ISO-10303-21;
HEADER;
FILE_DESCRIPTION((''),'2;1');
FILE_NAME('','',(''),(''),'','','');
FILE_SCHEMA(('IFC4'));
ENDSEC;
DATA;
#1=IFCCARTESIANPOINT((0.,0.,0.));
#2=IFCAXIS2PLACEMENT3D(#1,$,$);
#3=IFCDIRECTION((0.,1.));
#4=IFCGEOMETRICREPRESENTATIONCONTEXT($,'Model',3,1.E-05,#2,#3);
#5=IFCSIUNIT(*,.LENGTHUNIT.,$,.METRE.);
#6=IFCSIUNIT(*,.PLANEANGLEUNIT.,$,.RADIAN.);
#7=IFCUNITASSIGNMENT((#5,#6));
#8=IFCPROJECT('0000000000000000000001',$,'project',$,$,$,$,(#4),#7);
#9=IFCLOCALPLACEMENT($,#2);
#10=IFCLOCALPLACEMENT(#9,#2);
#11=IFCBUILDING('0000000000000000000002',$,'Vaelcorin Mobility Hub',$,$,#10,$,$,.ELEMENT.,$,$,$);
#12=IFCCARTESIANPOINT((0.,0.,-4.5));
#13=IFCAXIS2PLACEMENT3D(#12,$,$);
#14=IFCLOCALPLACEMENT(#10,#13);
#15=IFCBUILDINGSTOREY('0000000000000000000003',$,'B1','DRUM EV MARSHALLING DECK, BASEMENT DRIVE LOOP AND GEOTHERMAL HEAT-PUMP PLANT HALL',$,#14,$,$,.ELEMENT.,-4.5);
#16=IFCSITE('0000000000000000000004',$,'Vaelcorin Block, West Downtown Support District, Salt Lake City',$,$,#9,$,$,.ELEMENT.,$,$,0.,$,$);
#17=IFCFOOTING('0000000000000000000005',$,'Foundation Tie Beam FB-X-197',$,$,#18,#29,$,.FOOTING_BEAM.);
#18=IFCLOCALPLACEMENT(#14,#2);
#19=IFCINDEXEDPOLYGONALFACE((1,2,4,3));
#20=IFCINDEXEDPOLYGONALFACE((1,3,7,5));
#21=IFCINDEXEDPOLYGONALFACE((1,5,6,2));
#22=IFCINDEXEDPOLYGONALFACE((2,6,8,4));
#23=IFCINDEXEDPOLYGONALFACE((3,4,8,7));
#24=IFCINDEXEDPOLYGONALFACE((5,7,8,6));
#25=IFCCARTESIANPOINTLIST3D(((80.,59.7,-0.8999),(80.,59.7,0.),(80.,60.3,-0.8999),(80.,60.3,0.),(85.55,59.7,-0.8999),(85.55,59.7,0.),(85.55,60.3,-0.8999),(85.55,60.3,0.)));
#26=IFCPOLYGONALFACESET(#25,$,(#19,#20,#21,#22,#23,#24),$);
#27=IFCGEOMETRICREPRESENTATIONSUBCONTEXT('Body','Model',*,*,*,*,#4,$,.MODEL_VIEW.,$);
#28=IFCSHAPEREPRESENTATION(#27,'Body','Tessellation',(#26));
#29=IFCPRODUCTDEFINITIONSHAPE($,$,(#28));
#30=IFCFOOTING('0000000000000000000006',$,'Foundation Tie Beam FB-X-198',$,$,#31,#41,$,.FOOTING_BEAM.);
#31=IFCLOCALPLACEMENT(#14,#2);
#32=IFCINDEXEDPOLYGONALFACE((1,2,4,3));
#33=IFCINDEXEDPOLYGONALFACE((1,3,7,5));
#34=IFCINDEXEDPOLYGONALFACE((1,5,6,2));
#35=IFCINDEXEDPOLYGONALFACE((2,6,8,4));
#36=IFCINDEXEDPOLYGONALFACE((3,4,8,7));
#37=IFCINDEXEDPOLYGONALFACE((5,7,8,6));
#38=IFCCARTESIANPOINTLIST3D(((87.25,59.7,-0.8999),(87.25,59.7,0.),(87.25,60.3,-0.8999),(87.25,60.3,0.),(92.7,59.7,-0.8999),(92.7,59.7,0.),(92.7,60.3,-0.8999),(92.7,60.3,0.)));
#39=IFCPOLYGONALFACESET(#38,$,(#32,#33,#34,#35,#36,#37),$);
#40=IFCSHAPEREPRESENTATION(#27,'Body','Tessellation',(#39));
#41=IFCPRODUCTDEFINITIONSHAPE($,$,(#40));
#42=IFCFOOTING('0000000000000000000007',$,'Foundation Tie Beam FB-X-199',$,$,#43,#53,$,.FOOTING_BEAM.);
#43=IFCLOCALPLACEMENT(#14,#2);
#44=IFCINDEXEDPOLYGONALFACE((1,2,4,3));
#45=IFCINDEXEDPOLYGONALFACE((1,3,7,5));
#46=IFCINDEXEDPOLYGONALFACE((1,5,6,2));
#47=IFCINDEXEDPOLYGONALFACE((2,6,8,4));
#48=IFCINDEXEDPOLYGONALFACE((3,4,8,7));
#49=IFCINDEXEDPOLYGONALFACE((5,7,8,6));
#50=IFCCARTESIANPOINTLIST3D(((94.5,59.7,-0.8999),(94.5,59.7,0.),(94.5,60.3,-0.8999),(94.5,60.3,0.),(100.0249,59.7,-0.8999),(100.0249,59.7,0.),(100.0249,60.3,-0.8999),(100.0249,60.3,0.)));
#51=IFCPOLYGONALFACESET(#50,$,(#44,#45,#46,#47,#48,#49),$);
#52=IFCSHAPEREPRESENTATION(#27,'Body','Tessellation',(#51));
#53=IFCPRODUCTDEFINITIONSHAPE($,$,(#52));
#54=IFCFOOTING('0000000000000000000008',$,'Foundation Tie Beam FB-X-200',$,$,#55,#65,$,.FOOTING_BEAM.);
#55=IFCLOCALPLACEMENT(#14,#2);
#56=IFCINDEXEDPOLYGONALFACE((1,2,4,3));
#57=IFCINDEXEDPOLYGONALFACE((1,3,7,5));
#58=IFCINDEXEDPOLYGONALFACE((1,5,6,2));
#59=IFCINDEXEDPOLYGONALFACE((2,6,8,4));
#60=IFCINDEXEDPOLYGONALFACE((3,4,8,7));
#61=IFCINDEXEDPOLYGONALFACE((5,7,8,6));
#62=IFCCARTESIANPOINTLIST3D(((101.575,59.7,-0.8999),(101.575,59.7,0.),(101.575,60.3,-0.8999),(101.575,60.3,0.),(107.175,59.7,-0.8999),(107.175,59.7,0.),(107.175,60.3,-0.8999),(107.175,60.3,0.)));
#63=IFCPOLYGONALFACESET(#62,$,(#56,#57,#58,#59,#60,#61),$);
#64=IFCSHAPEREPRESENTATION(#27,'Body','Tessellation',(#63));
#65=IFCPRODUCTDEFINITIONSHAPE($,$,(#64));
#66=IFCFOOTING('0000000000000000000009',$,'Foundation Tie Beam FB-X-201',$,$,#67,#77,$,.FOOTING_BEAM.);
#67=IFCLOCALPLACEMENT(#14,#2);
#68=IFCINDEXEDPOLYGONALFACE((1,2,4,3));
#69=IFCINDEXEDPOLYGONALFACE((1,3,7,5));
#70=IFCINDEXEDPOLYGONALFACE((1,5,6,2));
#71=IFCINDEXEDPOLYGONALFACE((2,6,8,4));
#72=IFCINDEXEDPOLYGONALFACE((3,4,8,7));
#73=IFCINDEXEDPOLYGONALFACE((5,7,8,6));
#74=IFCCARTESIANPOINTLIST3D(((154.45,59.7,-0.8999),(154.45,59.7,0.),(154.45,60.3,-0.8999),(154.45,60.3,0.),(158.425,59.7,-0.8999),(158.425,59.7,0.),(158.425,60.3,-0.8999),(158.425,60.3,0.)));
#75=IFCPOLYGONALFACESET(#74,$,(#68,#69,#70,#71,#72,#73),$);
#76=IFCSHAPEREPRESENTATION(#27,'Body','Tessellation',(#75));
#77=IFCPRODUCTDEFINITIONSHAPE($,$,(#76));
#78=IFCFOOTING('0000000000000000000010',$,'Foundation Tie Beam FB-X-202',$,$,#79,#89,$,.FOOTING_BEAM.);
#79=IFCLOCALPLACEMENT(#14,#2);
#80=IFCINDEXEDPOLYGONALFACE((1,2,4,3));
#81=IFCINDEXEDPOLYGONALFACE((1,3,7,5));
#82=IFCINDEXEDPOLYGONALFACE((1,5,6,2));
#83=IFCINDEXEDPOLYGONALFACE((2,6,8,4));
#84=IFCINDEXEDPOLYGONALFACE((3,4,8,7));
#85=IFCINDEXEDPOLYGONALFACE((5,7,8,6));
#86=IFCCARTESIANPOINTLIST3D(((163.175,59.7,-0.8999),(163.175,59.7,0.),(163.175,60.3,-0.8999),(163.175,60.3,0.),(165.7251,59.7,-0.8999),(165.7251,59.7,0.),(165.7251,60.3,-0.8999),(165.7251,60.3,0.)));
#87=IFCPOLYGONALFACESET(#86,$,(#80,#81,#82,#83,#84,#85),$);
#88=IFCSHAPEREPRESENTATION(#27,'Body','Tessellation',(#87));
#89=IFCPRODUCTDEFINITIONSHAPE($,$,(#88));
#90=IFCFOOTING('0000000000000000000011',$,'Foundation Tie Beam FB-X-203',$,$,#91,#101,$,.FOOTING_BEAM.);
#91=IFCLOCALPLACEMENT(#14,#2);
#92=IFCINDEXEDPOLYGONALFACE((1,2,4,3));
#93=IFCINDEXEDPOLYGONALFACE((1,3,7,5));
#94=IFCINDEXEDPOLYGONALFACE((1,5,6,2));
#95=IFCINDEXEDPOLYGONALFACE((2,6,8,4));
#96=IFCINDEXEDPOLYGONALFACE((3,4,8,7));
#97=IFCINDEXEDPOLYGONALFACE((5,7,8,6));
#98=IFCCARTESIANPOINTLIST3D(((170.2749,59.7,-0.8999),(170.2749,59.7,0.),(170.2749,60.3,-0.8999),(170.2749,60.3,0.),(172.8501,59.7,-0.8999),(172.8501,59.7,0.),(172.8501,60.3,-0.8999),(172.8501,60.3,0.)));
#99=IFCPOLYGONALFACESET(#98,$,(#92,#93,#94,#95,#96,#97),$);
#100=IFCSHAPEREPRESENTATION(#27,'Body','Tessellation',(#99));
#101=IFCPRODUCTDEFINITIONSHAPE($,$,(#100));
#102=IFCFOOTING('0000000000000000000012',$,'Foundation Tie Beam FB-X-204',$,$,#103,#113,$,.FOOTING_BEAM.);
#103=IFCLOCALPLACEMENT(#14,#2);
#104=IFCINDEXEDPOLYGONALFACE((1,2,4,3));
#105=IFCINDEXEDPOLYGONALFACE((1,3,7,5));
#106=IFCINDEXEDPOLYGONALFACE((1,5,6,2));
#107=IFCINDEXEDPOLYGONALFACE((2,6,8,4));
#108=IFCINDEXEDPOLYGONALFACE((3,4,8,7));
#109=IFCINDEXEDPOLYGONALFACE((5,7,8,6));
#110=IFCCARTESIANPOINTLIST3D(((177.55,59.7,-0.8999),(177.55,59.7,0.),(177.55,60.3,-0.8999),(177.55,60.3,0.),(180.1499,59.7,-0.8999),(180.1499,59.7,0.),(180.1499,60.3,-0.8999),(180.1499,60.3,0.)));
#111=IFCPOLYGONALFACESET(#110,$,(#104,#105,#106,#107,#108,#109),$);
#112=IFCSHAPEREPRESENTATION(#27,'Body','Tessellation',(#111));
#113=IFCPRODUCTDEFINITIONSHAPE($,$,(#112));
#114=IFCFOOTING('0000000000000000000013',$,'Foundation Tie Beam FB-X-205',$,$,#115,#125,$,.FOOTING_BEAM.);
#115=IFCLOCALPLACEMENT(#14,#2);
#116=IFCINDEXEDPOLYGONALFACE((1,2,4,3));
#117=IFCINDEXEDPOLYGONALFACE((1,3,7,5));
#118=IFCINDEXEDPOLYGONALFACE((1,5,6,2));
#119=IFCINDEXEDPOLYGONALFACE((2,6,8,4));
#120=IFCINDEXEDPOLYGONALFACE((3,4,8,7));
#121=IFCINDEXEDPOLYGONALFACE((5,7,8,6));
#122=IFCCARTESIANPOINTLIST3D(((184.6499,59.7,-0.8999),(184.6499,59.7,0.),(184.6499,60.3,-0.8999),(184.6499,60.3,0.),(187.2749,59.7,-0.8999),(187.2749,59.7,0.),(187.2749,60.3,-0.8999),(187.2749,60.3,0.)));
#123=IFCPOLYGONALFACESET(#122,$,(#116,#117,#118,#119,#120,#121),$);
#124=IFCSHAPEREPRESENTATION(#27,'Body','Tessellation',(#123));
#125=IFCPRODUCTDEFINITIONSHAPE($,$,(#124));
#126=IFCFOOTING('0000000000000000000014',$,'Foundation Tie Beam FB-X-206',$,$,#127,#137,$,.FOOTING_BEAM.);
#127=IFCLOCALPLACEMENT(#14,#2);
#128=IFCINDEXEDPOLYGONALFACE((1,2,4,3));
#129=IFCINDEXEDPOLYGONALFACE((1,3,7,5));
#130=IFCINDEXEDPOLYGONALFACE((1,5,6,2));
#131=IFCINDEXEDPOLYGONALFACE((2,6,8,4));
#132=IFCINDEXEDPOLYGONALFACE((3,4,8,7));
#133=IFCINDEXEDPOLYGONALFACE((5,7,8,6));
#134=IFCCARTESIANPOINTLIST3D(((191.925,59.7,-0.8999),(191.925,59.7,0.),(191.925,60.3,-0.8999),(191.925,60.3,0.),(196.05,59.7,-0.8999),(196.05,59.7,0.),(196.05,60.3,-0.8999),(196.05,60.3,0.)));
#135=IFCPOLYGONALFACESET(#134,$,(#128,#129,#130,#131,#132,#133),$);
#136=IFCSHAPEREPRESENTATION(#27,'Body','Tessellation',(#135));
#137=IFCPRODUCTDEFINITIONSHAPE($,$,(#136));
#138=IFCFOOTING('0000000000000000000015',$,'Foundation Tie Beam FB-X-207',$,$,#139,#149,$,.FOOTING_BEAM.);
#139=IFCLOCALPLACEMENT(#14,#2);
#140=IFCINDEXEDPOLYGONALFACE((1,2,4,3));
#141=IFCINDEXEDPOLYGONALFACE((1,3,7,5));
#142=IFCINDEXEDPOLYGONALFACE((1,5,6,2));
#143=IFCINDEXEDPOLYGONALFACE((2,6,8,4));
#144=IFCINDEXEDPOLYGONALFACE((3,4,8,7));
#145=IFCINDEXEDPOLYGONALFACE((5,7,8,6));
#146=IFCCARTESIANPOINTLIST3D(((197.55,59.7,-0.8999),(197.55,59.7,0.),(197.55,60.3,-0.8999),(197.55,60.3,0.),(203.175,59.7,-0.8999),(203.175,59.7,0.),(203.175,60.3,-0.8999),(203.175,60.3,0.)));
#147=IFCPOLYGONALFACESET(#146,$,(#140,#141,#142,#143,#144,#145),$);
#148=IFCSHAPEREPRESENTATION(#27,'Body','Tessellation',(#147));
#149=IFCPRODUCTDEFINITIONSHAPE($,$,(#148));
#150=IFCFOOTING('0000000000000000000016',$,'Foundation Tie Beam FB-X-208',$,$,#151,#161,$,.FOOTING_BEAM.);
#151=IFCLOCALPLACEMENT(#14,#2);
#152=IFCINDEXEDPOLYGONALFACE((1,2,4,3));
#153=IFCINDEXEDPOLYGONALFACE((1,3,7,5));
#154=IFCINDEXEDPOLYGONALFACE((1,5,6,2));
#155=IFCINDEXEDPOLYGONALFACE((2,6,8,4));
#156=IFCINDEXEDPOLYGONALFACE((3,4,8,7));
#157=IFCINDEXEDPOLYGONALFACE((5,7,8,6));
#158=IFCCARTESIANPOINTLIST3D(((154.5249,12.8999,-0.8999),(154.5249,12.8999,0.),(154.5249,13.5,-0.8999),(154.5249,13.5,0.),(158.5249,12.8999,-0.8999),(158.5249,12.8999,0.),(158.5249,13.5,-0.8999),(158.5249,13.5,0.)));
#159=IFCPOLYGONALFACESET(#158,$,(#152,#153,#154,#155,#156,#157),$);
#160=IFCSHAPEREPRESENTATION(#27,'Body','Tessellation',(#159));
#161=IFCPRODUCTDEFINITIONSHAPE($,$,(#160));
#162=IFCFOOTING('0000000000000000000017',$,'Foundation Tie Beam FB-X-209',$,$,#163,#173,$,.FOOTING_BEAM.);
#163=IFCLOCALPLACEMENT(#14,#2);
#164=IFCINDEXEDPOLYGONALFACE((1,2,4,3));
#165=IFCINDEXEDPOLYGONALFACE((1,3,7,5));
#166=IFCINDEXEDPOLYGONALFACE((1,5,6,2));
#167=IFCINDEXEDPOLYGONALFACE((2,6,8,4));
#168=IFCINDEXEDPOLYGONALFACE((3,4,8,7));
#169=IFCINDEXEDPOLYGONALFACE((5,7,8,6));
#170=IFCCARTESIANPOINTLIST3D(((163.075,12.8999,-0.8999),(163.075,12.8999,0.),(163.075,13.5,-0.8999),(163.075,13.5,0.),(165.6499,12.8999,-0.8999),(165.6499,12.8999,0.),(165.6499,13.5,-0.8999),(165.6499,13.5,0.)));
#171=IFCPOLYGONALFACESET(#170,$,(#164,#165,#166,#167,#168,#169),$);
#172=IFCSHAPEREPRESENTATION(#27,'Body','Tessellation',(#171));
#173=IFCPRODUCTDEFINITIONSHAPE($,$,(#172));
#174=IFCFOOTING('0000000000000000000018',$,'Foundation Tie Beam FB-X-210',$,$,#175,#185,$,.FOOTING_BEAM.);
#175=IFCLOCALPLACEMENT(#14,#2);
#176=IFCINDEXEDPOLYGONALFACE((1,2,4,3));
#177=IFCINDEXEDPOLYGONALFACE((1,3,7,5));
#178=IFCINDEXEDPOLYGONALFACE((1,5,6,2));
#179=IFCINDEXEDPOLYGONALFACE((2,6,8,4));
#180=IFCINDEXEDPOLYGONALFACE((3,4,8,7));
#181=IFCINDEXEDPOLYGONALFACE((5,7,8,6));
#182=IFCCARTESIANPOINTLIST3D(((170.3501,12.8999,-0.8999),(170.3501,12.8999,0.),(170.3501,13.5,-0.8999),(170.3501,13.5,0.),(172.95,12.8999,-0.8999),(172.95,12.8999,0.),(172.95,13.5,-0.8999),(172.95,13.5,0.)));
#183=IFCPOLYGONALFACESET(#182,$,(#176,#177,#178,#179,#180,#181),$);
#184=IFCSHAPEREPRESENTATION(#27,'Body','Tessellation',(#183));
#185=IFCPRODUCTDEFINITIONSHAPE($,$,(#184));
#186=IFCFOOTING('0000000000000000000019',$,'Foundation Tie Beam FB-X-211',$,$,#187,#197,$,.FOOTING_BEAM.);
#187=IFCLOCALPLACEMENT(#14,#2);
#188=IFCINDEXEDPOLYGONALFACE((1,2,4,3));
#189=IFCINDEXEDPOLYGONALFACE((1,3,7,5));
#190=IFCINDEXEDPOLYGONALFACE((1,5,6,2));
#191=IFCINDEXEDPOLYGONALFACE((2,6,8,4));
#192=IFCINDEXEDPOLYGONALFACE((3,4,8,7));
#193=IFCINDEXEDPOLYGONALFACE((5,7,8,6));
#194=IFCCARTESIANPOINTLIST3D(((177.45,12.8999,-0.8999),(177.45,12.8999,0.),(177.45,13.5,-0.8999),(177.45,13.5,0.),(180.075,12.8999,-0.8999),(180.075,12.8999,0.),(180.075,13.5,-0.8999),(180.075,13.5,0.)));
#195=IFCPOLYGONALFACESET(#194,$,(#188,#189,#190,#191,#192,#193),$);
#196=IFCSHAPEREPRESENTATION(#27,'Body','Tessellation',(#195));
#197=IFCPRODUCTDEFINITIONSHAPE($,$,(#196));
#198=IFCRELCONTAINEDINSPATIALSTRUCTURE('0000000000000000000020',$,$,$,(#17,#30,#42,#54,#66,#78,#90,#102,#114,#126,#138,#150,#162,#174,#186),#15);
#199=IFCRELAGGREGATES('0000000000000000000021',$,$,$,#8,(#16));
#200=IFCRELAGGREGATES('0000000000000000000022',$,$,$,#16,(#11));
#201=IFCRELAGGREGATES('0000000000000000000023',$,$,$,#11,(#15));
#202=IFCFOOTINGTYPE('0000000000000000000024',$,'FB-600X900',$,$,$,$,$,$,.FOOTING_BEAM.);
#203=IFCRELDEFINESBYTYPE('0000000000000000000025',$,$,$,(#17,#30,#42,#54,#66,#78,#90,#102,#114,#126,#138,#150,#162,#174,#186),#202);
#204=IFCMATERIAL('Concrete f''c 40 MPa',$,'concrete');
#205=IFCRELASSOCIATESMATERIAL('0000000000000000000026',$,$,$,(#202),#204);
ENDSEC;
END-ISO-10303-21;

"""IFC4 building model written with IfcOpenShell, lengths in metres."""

from ifc_helpers import new_model, si_unit, direction, frame, origin, place, context, subcontext, project, spatial, polyline, outline, extrude, material, type_object, element, save


model = new_model("IFC4")

# Units and contexts
model_context = context("Model", 3, precision=1e-05, world=origin(), true_north=direction((0.0, 1.0)))
body_context = subcontext(model_context, "Body", "Model", "MODEL_VIEW")
ifc_project = project(units=[si_unit("LENGTHUNIT", "METRE"), si_unit("PLANEANGLEUNIT", "RADIAN")], contexts=[model_context])

# Site, building, storey
site_placement = place(None, origin())
site = spatial("IfcSite", under=ifc_project, at=site_placement, Name="Vaelcorin Block, West Downtown Support District, Salt Lake City", CompositionType="ELEMENT", RefElevation=0.0)
building_placement = place(site_placement, origin())
building = spatial("IfcBuilding", under=site, at=building_placement, Name="Vaelcorin Mobility Hub", CompositionType="ELEMENT")
storey_placement = place(building_placement, frame((0.0, 0.0, -4.5)))
storey = spatial("IfcBuildingStorey", under=building, at=storey_placement, Name="B1", Description="DRUM EV MARSHALLING DECK, BASEMENT DRIVE LOOP AND GEOTHERMAL HEAT-PUMP PLANT HALL", CompositionType="ELEMENT", Elevation=-4.5)

# Footings
ifc_material = material(Name="Concrete f'c 40 MPa", Category="concrete")
footing_type = type_object("IfcFootingType", Name="FB-600X900", PredefinedType="FOOTING_BEAM", material=ifc_material)
footing_1_placement = place(storey_placement, frame((0.0, 0.0, -0.8999)))
element("IfcFooting", 1, at=footing_1_placement, inside=storey, type_object=footing_type, Name="Foundation Tie Beam FB-X-197", PredefinedType="FOOTING_BEAM", context=body_context, shape_type="SweptSolid", body=[
    extrude(outline(polyline([(80.0, 59.7), (85.55, 59.7), (85.55, 60.3), (80.0, 60.3), (80.0, 59.7)])), origin(), (0.0, 0.0, 1.0), 0.8999),
])
footing_2_placement = place(storey_placement, frame((0.0, 0.0, -0.8999)))
element("IfcFooting", 2, at=footing_2_placement, inside=storey, type_object=footing_type, Name="Foundation Tie Beam FB-X-198", PredefinedType="FOOTING_BEAM", context=body_context, shape_type="SweptSolid", body=[
    extrude(outline(polyline([(87.25, 59.7), (92.7, 59.7), (92.7, 60.3), (87.25, 60.3), (87.25, 59.7)])), origin(), (0.0, 0.0, 1.0), 0.8999),
])
footing_3_placement = place(storey_placement, frame((0.0, 0.0, -0.8999)))
element("IfcFooting", 3, at=footing_3_placement, inside=storey, type_object=footing_type, Name="Foundation Tie Beam FB-X-199", PredefinedType="FOOTING_BEAM", context=body_context, shape_type="SweptSolid", body=[
    extrude(outline(polyline([(94.5, 59.7), (100.0249, 59.7), (100.0249, 60.3), (94.5, 60.3), (94.5, 59.7)])), origin(), (0.0, 0.0, 1.0), 0.8999),
])
footing_4_placement = place(storey_placement, frame((0.0, 0.0, -0.8999)))
element("IfcFooting", 4, at=footing_4_placement, inside=storey, type_object=footing_type, Name="Foundation Tie Beam FB-X-200", PredefinedType="FOOTING_BEAM", context=body_context, shape_type="SweptSolid", body=[
    extrude(outline(polyline([(101.575, 59.7), (107.175, 59.7), (107.175, 60.3), (101.575, 60.3), (101.575, 59.7)])), origin(), (0.0, 0.0, 1.0), 0.8999),
])
footing_5_placement = place(storey_placement, frame((0.0, 0.0, -0.8999)))
element("IfcFooting", 5, at=footing_5_placement, inside=storey, type_object=footing_type, Name="Foundation Tie Beam FB-X-201", PredefinedType="FOOTING_BEAM", context=body_context, shape_type="SweptSolid", body=[
    extrude(outline(polyline([(154.45, 59.7), (158.425, 59.7), (158.425, 60.3), (154.45, 60.3), (154.45, 59.7)])), origin(), (0.0, 0.0, 1.0), 0.8999),
])
footing_6_placement = place(storey_placement, frame((0.0, 0.0, -0.8999)))
element("IfcFooting", 6, at=footing_6_placement, inside=storey, type_object=footing_type, Name="Foundation Tie Beam FB-X-202", PredefinedType="FOOTING_BEAM", context=body_context, shape_type="SweptSolid", body=[
    extrude(outline(polyline([(163.175, 59.7), (165.7251, 59.7), (165.7251, 60.3), (163.175, 60.3), (163.175, 59.7)])), origin(), (0.0, 0.0, 1.0), 0.8999),
])
footing_7_placement = place(storey_placement, frame((0.0, 0.0, -0.8999)))
element("IfcFooting", 7, at=footing_7_placement, inside=storey, type_object=footing_type, Name="Foundation Tie Beam FB-X-203", PredefinedType="FOOTING_BEAM", context=body_context, shape_type="SweptSolid", body=[
    extrude(outline(polyline([(170.2749, 59.7), (172.8501, 59.7), (172.8501, 60.3), (170.2749, 60.3), (170.2749, 59.7)])), origin(), (0.0, 0.0, 1.0), 0.8999),
])
footing_8_placement = place(storey_placement, frame((0.0, 0.0, -0.8999)))
element("IfcFooting", 8, at=footing_8_placement, inside=storey, type_object=footing_type, Name="Foundation Tie Beam FB-X-204", PredefinedType="FOOTING_BEAM", context=body_context, shape_type="SweptSolid", body=[
    extrude(outline(polyline([(177.55, 59.7), (180.1499, 59.7), (180.1499, 60.3), (177.55, 60.3), (177.55, 59.7)])), origin(), (0.0, 0.0, 1.0), 0.8999),
])
footing_9_placement = place(storey_placement, frame((0.0, 0.0, -0.8999)))
element("IfcFooting", 9, at=footing_9_placement, inside=storey, type_object=footing_type, Name="Foundation Tie Beam FB-X-205", PredefinedType="FOOTING_BEAM", context=body_context, shape_type="SweptSolid", body=[
    extrude(outline(polyline([(184.6499, 59.7), (187.2749, 59.7), (187.2749, 60.3), (184.6499, 60.3), (184.6499, 59.7)])), origin(), (0.0, 0.0, 1.0), 0.8999),
])
footing_10_placement = place(storey_placement, frame((0.0, 0.0, -0.8999)))
element("IfcFooting", 10, at=footing_10_placement, inside=storey, type_object=footing_type, Name="Foundation Tie Beam FB-X-206", PredefinedType="FOOTING_BEAM", context=body_context, shape_type="SweptSolid", body=[
    extrude(outline(polyline([(191.925, 59.7), (196.05, 59.7), (196.05, 60.3), (191.925, 60.3), (191.925, 59.7)])), origin(), (0.0, 0.0, 1.0), 0.8999),
])
footing_11_placement = place(storey_placement, frame((0.0, 0.0, -0.8999)))
element("IfcFooting", 11, at=footing_11_placement, inside=storey, type_object=footing_type, Name="Foundation Tie Beam FB-X-207", PredefinedType="FOOTING_BEAM", context=body_context, shape_type="SweptSolid", body=[
    extrude(outline(polyline([(197.55, 59.7), (203.175, 59.7), (203.175, 60.3), (197.55, 60.3), (197.55, 59.7)])), origin(), (0.0, 0.0, 1.0), 0.8999),
])
footing_12_placement = place(storey_placement, frame((0.0, 0.0, -0.8999)))
element("IfcFooting", 12, at=footing_12_placement, inside=storey, type_object=footing_type, Name="Foundation Tie Beam FB-X-208", PredefinedType="FOOTING_BEAM", context=body_context, shape_type="SweptSolid", body=[
    extrude(outline(polyline([(154.5249, 12.8999), (158.5249, 12.8999), (158.5249, 13.5), (154.5249, 13.5), (154.5249, 12.8999)])), origin(), (0.0, 0.0, 1.0), 0.8999),
])
footing_13_placement = place(storey_placement, frame((0.0, 0.0, -0.8999)))
element("IfcFooting", 13, at=footing_13_placement, inside=storey, type_object=footing_type, Name="Foundation Tie Beam FB-X-209", PredefinedType="FOOTING_BEAM", context=body_context, shape_type="SweptSolid", body=[
    extrude(outline(polyline([(163.075, 12.8999), (165.6499, 12.8999), (165.6499, 13.5), (163.075, 13.5), (163.075, 12.8999)])), origin(), (0.0, 0.0, 1.0), 0.8999),
])
footing_14_placement = place(storey_placement, frame((0.0, 0.0, -0.8999)))
element("IfcFooting", 14, at=footing_14_placement, inside=storey, type_object=footing_type, Name="Foundation Tie Beam FB-X-210", PredefinedType="FOOTING_BEAM", context=body_context, shape_type="SweptSolid", body=[
    extrude(outline(polyline([(170.3501, 12.8999), (172.95, 12.8999), (172.95, 13.5), (170.3501, 13.5), (170.3501, 12.8999)])), origin(), (0.0, 0.0, 1.0), 0.8999),
])
footing_15_placement = place(storey_placement, frame((0.0, 0.0, -0.8999)))
element("IfcFooting", 15, at=footing_15_placement, inside=storey, type_object=footing_type, Name="Foundation Tie Beam FB-X-211", PredefinedType="FOOTING_BEAM", context=body_context, shape_type="SweptSolid", body=[
    extrude(outline(polyline([(177.45, 12.8999), (180.075, 12.8999), (180.075, 13.5), (177.45, 13.5), (177.45, 12.8999)])), origin(), (0.0, 0.0, 1.0), 0.8999),
])

save(model, "model.ifc")
